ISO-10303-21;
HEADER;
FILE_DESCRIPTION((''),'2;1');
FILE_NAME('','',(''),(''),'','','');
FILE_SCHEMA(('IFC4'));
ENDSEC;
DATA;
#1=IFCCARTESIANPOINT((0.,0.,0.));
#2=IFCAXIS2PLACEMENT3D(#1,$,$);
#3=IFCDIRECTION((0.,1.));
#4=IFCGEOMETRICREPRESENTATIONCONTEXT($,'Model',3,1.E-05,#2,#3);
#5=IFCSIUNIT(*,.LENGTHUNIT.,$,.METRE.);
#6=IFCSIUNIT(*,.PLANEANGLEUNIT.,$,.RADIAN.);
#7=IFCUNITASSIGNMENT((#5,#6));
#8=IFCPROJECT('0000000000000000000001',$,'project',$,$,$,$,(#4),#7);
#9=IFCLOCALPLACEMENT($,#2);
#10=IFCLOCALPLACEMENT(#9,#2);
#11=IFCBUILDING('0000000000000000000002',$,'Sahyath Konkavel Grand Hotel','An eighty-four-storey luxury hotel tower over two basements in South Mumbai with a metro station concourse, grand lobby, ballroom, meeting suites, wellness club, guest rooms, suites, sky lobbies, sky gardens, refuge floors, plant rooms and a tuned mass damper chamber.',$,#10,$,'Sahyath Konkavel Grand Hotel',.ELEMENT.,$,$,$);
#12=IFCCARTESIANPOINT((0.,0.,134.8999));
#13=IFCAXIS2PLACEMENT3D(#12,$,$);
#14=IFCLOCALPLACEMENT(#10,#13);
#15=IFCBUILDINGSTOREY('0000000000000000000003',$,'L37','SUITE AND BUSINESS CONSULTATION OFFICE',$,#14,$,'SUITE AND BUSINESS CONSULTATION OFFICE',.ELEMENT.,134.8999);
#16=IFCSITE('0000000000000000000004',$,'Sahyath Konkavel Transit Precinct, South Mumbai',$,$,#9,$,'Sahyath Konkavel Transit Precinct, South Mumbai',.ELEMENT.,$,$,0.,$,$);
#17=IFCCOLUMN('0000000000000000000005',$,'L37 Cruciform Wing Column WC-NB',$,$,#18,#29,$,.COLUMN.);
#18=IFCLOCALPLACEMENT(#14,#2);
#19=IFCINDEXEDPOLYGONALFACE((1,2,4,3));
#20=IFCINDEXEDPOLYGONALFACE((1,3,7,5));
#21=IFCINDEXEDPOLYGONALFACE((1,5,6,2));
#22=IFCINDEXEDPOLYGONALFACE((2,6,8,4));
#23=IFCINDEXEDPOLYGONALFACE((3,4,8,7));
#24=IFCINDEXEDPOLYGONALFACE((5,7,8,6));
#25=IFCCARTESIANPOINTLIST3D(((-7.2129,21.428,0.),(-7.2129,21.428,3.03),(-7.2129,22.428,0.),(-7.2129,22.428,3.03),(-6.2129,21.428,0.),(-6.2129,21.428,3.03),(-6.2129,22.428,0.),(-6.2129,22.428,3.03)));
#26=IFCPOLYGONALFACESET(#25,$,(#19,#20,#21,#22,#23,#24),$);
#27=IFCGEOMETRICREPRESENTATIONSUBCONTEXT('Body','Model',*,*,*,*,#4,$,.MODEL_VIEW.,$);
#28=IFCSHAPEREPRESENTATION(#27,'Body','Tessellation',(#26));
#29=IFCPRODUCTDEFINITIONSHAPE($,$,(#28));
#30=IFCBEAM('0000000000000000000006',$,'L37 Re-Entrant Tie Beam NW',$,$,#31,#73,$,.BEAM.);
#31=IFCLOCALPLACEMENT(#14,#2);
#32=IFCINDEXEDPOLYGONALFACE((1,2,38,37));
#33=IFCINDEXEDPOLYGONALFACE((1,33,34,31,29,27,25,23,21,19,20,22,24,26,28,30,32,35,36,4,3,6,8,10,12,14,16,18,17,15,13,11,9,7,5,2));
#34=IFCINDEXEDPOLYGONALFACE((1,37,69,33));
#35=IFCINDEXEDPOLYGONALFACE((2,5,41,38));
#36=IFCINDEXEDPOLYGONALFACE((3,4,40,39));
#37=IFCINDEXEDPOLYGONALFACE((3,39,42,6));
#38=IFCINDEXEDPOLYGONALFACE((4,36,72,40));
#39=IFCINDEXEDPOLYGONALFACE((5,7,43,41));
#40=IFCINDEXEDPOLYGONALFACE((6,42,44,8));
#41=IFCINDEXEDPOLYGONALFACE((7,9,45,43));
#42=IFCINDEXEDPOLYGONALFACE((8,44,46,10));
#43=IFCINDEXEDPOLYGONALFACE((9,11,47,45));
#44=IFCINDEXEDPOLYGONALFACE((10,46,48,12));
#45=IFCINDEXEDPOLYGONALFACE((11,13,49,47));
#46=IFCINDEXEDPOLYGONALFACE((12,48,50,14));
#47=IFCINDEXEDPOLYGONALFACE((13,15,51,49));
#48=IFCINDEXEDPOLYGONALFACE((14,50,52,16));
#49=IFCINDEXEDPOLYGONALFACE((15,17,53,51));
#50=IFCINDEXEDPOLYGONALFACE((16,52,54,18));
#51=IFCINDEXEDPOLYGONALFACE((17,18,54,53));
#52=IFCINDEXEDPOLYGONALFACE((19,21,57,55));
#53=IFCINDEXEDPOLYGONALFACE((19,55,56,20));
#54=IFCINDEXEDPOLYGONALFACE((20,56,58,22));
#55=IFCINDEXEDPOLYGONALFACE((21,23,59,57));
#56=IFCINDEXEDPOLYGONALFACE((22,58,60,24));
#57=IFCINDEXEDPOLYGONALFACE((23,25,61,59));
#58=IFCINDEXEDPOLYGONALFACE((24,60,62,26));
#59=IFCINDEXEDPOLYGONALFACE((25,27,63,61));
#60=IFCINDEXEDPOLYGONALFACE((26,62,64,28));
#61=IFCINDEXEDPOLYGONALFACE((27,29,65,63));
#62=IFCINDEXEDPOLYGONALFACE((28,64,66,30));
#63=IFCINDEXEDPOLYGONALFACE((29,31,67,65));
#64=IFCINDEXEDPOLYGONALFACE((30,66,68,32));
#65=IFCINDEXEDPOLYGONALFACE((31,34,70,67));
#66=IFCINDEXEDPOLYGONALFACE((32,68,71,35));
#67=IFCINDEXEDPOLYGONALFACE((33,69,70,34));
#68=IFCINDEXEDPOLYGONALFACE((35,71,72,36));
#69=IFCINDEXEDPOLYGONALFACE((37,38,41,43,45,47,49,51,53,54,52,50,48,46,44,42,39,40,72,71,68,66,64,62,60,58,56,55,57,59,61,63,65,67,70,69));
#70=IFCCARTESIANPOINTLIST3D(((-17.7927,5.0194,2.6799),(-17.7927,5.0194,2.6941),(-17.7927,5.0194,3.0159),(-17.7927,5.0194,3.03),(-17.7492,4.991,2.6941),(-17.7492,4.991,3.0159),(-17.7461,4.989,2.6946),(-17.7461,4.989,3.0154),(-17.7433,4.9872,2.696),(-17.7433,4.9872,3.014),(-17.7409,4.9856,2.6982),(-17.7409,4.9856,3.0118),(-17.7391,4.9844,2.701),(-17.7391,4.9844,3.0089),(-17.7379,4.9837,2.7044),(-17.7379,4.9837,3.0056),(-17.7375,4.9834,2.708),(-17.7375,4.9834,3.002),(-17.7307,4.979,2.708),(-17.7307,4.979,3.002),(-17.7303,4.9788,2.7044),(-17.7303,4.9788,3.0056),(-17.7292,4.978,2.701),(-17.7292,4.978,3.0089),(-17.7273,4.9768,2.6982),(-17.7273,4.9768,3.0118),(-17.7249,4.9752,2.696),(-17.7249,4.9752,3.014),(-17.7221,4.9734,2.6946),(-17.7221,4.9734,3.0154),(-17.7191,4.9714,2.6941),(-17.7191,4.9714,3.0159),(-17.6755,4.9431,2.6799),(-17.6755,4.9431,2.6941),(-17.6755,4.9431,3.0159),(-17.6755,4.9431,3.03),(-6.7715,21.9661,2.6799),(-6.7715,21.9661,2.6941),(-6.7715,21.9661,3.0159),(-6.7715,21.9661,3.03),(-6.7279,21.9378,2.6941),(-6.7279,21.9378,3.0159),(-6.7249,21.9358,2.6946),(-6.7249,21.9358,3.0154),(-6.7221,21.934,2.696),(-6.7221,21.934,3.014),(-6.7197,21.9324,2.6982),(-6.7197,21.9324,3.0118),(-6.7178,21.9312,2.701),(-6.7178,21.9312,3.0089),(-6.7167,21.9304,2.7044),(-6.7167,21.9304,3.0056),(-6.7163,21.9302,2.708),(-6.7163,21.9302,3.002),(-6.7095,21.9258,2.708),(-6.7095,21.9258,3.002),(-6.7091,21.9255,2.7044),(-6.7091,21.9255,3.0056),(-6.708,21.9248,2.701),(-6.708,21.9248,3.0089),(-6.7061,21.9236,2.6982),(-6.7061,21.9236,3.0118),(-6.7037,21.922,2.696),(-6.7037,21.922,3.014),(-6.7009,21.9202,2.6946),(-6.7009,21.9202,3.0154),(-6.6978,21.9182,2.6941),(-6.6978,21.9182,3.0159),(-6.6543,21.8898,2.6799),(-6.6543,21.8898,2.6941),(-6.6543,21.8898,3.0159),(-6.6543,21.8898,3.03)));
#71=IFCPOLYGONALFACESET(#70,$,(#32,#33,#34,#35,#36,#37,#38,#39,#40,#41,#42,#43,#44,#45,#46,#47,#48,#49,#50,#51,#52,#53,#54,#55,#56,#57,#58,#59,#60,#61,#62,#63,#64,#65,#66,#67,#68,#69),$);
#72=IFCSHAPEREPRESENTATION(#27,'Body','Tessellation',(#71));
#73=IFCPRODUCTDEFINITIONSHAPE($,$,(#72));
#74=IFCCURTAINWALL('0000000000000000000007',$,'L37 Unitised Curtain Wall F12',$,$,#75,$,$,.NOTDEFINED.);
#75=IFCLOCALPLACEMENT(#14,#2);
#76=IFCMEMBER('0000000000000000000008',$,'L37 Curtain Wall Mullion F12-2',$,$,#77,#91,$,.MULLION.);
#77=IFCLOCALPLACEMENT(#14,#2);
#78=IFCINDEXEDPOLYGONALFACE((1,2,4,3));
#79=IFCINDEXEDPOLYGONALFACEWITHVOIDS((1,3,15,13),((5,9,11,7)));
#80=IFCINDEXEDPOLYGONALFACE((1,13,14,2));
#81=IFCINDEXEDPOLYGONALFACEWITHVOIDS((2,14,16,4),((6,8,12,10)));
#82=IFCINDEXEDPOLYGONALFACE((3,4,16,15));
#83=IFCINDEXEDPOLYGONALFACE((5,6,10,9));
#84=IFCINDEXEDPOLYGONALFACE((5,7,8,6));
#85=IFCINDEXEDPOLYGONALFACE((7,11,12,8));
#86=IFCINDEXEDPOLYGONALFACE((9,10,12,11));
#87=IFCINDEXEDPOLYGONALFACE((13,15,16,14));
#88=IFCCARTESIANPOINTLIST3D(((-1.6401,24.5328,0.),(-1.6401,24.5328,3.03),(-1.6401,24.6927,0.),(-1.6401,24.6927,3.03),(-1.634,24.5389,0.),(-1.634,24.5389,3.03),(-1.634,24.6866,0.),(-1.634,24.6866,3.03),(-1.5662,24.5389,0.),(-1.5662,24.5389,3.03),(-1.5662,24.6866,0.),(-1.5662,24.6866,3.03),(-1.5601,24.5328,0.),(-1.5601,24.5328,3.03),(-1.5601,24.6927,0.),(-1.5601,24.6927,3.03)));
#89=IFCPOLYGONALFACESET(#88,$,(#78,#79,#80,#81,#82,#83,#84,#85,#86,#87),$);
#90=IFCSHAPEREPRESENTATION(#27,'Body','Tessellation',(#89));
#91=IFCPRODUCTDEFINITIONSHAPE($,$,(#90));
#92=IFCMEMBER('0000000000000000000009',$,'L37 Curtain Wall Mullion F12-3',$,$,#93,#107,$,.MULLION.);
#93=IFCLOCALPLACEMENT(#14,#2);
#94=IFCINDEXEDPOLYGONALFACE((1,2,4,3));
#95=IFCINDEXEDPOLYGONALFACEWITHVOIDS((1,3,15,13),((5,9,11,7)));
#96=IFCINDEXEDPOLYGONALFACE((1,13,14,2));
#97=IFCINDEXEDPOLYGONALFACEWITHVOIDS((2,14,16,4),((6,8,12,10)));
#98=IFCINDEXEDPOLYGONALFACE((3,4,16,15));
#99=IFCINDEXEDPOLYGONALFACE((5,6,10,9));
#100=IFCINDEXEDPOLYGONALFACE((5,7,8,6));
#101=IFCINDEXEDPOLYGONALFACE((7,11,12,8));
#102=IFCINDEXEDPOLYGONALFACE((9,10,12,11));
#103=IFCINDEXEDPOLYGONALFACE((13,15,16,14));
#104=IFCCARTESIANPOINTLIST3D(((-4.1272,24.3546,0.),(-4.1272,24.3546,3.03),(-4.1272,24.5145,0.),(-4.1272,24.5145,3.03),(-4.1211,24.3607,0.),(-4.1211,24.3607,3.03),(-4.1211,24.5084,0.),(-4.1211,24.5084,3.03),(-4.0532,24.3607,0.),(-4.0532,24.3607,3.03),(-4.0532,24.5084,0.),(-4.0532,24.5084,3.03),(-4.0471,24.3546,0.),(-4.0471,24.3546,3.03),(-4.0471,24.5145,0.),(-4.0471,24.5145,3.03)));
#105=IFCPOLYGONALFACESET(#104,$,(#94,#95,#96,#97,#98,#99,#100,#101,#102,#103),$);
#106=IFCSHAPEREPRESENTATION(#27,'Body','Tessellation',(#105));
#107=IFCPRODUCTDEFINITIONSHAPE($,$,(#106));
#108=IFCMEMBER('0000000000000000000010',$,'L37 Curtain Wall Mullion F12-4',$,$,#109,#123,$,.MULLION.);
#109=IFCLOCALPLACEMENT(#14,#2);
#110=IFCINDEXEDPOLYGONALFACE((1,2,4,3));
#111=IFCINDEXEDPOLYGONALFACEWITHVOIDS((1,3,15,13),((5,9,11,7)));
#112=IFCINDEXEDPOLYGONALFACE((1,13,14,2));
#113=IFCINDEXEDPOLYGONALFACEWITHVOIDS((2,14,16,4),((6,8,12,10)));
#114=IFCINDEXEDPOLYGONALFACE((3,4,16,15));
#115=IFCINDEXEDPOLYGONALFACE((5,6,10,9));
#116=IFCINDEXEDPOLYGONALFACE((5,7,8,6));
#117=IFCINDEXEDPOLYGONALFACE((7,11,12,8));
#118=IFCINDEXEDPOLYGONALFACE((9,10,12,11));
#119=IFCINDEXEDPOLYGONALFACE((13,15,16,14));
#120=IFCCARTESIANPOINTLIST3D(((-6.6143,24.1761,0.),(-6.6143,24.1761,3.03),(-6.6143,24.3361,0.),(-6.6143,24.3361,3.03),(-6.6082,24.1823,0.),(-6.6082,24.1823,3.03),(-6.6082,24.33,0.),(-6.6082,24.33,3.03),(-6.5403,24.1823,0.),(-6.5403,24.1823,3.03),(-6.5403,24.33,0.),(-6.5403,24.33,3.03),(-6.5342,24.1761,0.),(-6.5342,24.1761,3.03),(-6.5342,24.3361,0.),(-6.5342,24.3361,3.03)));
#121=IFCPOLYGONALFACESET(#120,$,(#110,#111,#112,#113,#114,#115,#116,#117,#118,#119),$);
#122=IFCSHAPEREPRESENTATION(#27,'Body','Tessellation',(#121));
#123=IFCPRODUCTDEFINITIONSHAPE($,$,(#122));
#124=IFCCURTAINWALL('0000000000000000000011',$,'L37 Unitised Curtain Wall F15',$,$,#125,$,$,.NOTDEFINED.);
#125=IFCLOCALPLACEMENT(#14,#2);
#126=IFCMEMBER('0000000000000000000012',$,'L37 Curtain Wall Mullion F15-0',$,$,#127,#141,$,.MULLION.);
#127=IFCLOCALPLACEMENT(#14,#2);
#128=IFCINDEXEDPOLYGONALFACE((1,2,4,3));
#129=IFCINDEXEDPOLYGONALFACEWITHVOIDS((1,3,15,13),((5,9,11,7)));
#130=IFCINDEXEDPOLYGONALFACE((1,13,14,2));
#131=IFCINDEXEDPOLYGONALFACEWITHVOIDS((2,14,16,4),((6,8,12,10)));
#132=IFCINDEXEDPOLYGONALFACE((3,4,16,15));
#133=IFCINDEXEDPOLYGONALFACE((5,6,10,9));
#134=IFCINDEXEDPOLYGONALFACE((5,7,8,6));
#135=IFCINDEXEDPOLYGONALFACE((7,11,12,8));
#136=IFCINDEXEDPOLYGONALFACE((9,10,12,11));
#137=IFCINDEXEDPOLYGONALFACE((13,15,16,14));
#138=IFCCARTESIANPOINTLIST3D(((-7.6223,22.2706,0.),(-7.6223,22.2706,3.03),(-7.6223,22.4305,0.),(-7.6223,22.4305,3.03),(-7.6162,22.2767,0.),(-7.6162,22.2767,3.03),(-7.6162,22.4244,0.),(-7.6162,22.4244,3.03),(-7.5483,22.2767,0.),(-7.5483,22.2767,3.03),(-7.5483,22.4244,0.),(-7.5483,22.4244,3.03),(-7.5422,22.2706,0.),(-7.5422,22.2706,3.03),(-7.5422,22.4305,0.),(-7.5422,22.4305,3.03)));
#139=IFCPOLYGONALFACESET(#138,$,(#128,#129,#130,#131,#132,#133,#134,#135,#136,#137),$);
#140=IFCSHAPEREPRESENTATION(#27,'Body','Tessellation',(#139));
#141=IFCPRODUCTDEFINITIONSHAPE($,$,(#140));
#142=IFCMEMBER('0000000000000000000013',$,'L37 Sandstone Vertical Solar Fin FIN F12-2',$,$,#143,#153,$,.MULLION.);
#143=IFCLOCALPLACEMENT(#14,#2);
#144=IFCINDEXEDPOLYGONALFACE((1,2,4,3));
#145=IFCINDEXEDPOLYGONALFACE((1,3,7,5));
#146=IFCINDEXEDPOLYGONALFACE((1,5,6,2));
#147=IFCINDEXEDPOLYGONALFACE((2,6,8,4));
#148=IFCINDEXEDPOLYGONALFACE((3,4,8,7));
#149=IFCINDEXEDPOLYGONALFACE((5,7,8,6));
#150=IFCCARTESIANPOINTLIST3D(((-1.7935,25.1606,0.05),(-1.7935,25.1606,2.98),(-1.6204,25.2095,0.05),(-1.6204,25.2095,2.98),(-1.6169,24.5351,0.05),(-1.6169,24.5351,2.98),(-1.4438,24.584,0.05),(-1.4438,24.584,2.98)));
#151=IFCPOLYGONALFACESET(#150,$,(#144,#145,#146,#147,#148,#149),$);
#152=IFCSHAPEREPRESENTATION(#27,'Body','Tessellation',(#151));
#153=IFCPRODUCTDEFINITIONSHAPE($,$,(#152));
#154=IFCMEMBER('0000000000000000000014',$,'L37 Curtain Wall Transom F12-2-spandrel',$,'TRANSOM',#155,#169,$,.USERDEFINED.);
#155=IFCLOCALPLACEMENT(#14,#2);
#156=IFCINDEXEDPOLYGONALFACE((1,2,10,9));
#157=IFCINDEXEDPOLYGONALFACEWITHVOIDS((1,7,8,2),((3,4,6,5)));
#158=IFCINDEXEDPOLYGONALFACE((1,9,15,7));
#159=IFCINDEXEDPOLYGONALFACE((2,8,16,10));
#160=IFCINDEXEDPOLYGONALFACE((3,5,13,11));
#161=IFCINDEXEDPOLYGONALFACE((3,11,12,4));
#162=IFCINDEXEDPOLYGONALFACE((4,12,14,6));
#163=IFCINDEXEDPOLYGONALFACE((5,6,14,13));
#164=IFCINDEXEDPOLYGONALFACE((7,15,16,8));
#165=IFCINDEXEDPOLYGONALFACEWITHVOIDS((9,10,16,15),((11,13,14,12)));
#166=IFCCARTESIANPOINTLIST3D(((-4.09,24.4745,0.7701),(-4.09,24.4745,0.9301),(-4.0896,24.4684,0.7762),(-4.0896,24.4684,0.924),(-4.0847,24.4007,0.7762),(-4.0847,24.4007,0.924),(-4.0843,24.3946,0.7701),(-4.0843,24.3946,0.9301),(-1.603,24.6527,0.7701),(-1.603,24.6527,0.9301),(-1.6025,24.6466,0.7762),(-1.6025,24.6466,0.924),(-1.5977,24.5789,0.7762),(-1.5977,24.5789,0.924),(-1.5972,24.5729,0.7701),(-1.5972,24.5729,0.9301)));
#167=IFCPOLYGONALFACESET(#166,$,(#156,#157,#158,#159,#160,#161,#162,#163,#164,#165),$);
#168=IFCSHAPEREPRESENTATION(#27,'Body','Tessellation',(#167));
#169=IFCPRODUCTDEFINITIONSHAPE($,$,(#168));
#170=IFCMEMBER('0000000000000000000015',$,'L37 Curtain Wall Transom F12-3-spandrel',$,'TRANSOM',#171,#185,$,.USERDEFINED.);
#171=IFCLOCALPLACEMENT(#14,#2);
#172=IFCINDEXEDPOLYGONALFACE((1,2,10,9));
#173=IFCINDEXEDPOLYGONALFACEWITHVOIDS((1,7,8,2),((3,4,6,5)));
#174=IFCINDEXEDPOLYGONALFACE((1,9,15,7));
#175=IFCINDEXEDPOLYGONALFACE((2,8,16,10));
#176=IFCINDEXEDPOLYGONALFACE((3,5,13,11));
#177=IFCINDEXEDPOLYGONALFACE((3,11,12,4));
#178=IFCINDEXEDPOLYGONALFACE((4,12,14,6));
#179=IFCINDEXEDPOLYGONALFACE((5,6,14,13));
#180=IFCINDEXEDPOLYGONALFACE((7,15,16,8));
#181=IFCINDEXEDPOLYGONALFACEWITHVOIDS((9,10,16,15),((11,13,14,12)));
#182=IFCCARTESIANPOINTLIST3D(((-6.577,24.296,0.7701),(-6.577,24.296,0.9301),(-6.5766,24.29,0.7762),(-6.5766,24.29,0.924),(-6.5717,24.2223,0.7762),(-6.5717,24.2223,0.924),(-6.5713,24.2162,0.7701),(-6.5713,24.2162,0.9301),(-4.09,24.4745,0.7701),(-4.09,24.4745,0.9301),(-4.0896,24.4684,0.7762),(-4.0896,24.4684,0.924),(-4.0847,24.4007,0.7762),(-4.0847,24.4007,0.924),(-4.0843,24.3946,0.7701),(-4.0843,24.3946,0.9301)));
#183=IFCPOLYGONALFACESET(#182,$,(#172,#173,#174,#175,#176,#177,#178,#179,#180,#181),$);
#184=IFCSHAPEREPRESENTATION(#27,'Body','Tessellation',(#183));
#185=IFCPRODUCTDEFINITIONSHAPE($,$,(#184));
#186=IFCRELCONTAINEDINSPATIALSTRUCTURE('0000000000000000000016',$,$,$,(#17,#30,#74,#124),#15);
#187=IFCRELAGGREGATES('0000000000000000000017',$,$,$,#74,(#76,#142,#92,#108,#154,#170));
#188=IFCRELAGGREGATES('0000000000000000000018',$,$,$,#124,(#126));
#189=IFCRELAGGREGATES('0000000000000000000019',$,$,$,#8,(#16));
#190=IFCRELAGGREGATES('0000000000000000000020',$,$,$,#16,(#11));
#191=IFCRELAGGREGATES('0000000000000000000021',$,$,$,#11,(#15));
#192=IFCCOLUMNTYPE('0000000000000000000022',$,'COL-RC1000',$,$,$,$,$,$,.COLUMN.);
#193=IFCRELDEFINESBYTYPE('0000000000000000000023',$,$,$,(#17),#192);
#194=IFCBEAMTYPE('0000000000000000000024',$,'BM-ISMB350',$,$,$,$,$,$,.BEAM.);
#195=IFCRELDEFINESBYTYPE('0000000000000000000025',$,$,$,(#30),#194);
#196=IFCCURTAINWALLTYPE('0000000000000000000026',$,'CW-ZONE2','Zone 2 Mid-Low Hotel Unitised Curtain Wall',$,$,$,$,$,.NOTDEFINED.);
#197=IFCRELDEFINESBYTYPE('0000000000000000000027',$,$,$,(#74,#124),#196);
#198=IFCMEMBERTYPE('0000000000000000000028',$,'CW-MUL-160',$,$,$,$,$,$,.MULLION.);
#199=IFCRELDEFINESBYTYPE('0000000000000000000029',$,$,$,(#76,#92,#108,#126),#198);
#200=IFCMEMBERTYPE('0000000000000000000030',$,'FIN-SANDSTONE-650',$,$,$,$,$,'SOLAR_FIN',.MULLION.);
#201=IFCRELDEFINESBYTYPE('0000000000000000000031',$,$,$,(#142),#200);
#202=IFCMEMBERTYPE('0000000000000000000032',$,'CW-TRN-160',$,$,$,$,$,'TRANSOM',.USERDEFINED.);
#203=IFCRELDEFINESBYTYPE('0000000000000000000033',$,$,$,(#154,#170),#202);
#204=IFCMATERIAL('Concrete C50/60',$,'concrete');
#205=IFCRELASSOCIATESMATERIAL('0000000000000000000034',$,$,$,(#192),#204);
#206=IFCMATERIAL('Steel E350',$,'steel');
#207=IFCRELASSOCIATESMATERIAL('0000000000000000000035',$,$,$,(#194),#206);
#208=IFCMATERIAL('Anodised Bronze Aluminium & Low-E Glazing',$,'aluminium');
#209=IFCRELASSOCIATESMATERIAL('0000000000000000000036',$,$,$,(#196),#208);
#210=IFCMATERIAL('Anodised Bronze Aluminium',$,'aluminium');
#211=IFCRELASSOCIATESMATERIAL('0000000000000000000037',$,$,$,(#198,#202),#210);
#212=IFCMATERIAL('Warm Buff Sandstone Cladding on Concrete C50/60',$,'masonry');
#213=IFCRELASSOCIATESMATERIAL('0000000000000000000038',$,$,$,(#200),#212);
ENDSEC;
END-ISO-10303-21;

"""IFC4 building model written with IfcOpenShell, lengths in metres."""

from ifc_helpers import new_model, si_unit, direction, frame, origin, origin_2d, place, context, subcontext, project, spatial, rectangle, hollow_rectangle, i_section, extrude, source, transform, mapped, material, material_profile, profile_set, type_object, element, aggregate, save


model = new_model("IFC4")

# Units and contexts
model_context = context("Model", 3, precision=1e-05, world=origin(), true_north=direction((0.0, 1.0)))
body_context = subcontext(model_context, "Body", "Model", "MODEL_VIEW")
ifc_project = project(units=[si_unit("LENGTHUNIT", "METRE"), si_unit("PLANEANGLEUNIT", "RADIAN")], contexts=[model_context])

# Site, building, storey
site_placement = place(None, origin())
site = spatial("IfcSite", under=ifc_project, at=site_placement, Name="Sahyath Konkavel Transit Precinct, South Mumbai", LongName="Sahyath Konkavel Transit Precinct, South Mumbai", CompositionType="ELEMENT", RefElevation=0.0)
building_placement = place(site_placement, origin())
building = spatial("IfcBuilding", under=site, at=building_placement, Name="Sahyath Konkavel Grand Hotel", Description="An eighty-four-storey luxury hotel tower over two basements in South Mumbai with a metro station concourse, grand lobby, ballroom, meeting suites, wellness club, guest rooms, suites, sky lobbies, sky gardens, refuge floors, plant rooms and a tuned mass damper chamber.", LongName="Sahyath Konkavel Grand Hotel", CompositionType="ELEMENT")
storey_placement = place(building_placement, frame((0.0, 0.0, 134.8999)))
storey = spatial("IfcBuildingStorey", under=building, at=storey_placement, Name="L37", Description="SUITE AND BUSINESS CONSULTATION OFFICE", LongName="SUITE AND BUSINESS CONSULTATION OFFICE", CompositionType="ELEMENT", Elevation=134.8999)

# Column
ifc_material_1 = material(Name="Concrete C50/60", Category="concrete")
ifc_material_profile_1 = material_profile(ifc_material_1, rectangle(XDim=1.0, YDim=1.0, at=origin_2d()), Name="RC 1000x1000")
ifc_profile_set_1 = profile_set([ifc_material_profile_1], Name="Concrete C50/60")
column_type = type_object("IfcColumnType", Name="COL-RC1000", PredefinedType="COLUMN", material=ifc_profile_set_1)
shared_shape_1 = source(origin(), body_context, "Body", "SweptSolid", [
    extrude(rectangle(XDim=1.0, YDim=1.0, at=origin_2d()), origin(), (0.0, 0.0, 1.0), 3.03),
])
column_placement = place(storey_placement, frame((-6.7129, 21.928, 0.0), z_axis=(0.0, 0.0, 1.0), x_axis=(1.0, 0.0, 0.0)))
element("IfcColumn", 1, at=column_placement, inside=storey, type_object=column_type, Name="L37 Cruciform Wing Column WC-NB", PredefinedType="COLUMN", context=body_context, shape_type="MappedRepresentation", body=[
    mapped(shared_shape_1, transform((0.0, 0.0, 0.0), scale=1.0)),
])

# Beam
ifc_material_2 = material(Name="Steel E350", Category="steel")
ifc_material_profile_2 = material_profile(ifc_material_2, i_section(OverallWidth=0.1399, OverallDepth=0.3501, WebThickness=0.0081, FlangeThickness=0.0142, FilletRadius=0.0139, at=origin_2d()), Name="ISMB 350")
ifc_profile_set_2 = profile_set([ifc_material_profile_2], Name="Steel E350")
beam_type_1 = type_object("IfcBeamType", Name="BM-ISMB350", PredefinedType="BEAM", material=ifc_profile_set_2)
shared_shape_2 = source(origin(), body_context, "Body", "SweptSolid", [
    extrude(i_section(OverallWidth=0.1399, OverallDepth=0.3501, WebThickness=0.0081, FlangeThickness=0.0142, FilletRadius=0.0139, at=origin_2d()), origin(), (0.0, 0.0, 1.0), 20.2153),
])
beam_1_placement = place(storey_placement, frame((-6.7129, 21.928, 2.855), z_axis=(-0.545191, -0.838312, 0.0), x_axis=(0.838312, -0.545191, 0.0)))
element("IfcBeam", 2, at=beam_1_placement, inside=storey, type_object=beam_type_1, Name="L37 Re-Entrant Tie Beam NW", PredefinedType="BEAM", context=body_context, shape_type="MappedRepresentation", body=[
    mapped(shared_shape_2, transform((0.0, 0.0, 0.0), scale=1.0)),
])

# Curtain wall, members
ifc_material_3 = material(Name="Anodised Bronze Aluminium & Low-E Glazing", Category="aluminium")
curtain_wall_type = type_object("IfcCurtainWallType", Name="CW-ZONE2", Description="Zone 2 Mid-Low Hotel Unitised Curtain Wall", PredefinedType="NOTDEFINED", material=ifc_material_3)
curtain_wall_1_placement = place(storey_placement, origin())
curtain_wall_1 = element("IfcCurtainWall", 3, at=curtain_wall_1_placement, inside=storey, type_object=curtain_wall_type, Name="L37 Unitised Curtain Wall F12", PredefinedType="NOTDEFINED")
ifc_material_4 = material(Name="Anodised Bronze Aluminium", Category="aluminium")
ifc_material_profile_3 = material_profile(ifc_material_4, hollow_rectangle(XDim=0.0801, YDim=0.1599, WallThickness=0.0061, at=origin_2d()), Name="RHS 160x80x6")
ifc_profile_set_3 = profile_set([ifc_material_profile_3], Name="Anodised Bronze Aluminium")
member_type_1 = type_object("IfcMemberType", Name="CW-MUL-160", PredefinedType="MULLION", material=ifc_profile_set_3)
shared_shape_3 = source(origin(), body_context, "Body", "SweptSolid", [
    extrude(hollow_rectangle(XDim=0.0801, YDim=0.1599, WallThickness=0.0061, at=origin_2d()), origin(), (0.0, 0.0, 1.0), 3.03),
])
member_1_placement = place(storey_placement, frame((-1.6001, 24.6128, 0.0), z_axis=(0.0, 0.0, 1.0), x_axis=(1.0, 0.0, 0.0)))
member_1 = element("IfcMember", 4, at=member_1_placement, type_object=member_type_1, Name="L37 Curtain Wall Mullion F12-2", PredefinedType="MULLION", context=body_context, shape_type="MappedRepresentation", body=[
    mapped(shared_shape_3, transform((0.0, 0.0, 0.0), scale=1.0)),
])
member_2_placement = place(storey_placement, frame((-4.0872, 24.4346, 0.0), z_axis=(0.0, 0.0, 1.0), x_axis=(1.0, 0.0, 0.0)))
member_2 = element("IfcMember", 5, at=member_2_placement, type_object=member_type_1, Name="L37 Curtain Wall Mullion F12-3", PredefinedType="MULLION", context=body_context, shape_type="MappedRepresentation", body=[
    mapped(shared_shape_3, transform((0.0, 0.0, 0.0), scale=1.0)),
])
member_3_placement = place(storey_placement, frame((-6.5742, 24.2561, 0.0), z_axis=(0.0, 0.0, 1.0), x_axis=(1.0, 0.0, 0.0)))
member_3 = element("IfcMember", 6, at=member_3_placement, type_object=member_type_1, Name="L37 Curtain Wall Mullion F12-4", PredefinedType="MULLION", context=body_context, shape_type="MappedRepresentation", body=[
    mapped(shared_shape_3, transform((0.0, 0.0, 0.0), scale=1.0)),
])

# Curtain wall, member
curtain_wall_2_placement = place(storey_placement, origin())
curtain_wall_2 = element("IfcCurtainWall", 7, at=curtain_wall_2_placement, inside=storey, type_object=curtain_wall_type, Name="L37 Unitised Curtain Wall F15", PredefinedType="NOTDEFINED")
member_4_placement = place(storey_placement, frame((-7.5823, 22.3506, 0.0), z_axis=(0.0, 0.0, 1.0), x_axis=(1.0, 0.0, 0.0)))
member_4 = element("IfcMember", 8, at=member_4_placement, type_object=member_type_1, Name="L37 Curtain Wall Mullion F15-0", PredefinedType="MULLION", context=body_context, shape_type="MappedRepresentation", body=[
    mapped(shared_shape_3, transform((0.0, 0.0, 0.0), scale=1.0)),
])

# Members
ifc_material_5 = material(Name="Warm Buff Sandstone Cladding on Concrete C50/60", Category="masonry")
ifc_material_profile_4 = material_profile(ifc_material_5, rectangle(XDim=0.1799, YDim=0.6499, at=origin_2d()), Name="FIN 180x650")
ifc_profile_set_4 = profile_set([ifc_material_profile_4], Name="Warm Buff Sandstone Cladding on Concrete C50/60")
member_type_2 = type_object("IfcMemberType", Name="FIN-SANDSTONE-650", ElementType="SOLAR_FIN", PredefinedType="MULLION", material=ifc_profile_set_4)
shared_shape_4 = source(origin(), body_context, "Body", "SweptSolid", [
    extrude(rectangle(XDim=0.1799, YDim=0.6499, at=origin_2d()), origin(), (0.0, 0.0, 1.0), 2.9299),
])
member_5_placement = place(storey_placement, frame((-1.6187, 24.8723, 0.05), z_axis=(0.0, 0.0, 1.0), x_axis=(0.96236, 0.271776, 0.0)))
member_5 = element("IfcMember", 9, at=member_5_placement, type_object=member_type_2, Name="L37 Sandstone Vertical Solar Fin FIN F12-2", PredefinedType="MULLION", context=body_context, shape_type="MappedRepresentation", body=[
    mapped(shared_shape_4, transform((0.0, 0.0, 0.0), scale=1.0)),
])
ifc_material_profile_5 = material_profile(ifc_material_4, hollow_rectangle(XDim=0.0801, YDim=0.1599, WallThickness=0.0061, at=origin_2d()), Name="RHS 160x80x6")
ifc_profile_set_5 = profile_set([ifc_material_profile_5], Name="Anodised Bronze Aluminium")
member_type_3 = type_object("IfcMemberType", Name="CW-TRN-160", ElementType="TRANSOM", PredefinedType="USERDEFINED", material=ifc_profile_set_5)
shared_shape_5 = source(origin(), body_context, "Body", "SweptSolid", [
    extrude(hollow_rectangle(XDim=0.0801, YDim=0.1599, WallThickness=0.0061, at=origin_2d()), origin(), (0.0, 0.0, 1.0), 2.4934),
])
member_6_placement = place(storey_placement, frame((-1.6001, 24.6128, 0.8501), z_axis=(-0.997442, -0.071477, 0.0), x_axis=(0.071477, -0.997442, 0.0)))
member_6 = element("IfcMember", 10, at=member_6_placement, type_object=member_type_3, Name="L37 Curtain Wall Transom F12-2-spandrel", ObjectType="TRANSOM", PredefinedType="USERDEFINED", context=body_context, shape_type="MappedRepresentation", body=[
    mapped(shared_shape_5, transform((0.0, 0.0, 0.0), scale=1.0)),
])
member_7_placement = place(storey_placement, frame((-4.0872, 24.4346, 0.8501), z_axis=(-0.997435, -0.071574, 0.0), x_axis=(0.071574, -0.997435, 0.0)))
member_7 = element("IfcMember", 11, at=member_7_placement, type_object=member_type_3, Name="L37 Curtain Wall Transom F12-3-spandrel", ObjectType="TRANSOM", PredefinedType="USERDEFINED", context=body_context, shape_type="MappedRepresentation", body=[
    mapped(shared_shape_5, transform((0.0, 0.0, 0.0), scale=1.0)),
])

aggregate(curtain_wall_1, [member_1, member_5, member_2, member_3, member_6, member_7])
aggregate(curtain_wall_2, [member_4])

save(model, "model.ifc")
